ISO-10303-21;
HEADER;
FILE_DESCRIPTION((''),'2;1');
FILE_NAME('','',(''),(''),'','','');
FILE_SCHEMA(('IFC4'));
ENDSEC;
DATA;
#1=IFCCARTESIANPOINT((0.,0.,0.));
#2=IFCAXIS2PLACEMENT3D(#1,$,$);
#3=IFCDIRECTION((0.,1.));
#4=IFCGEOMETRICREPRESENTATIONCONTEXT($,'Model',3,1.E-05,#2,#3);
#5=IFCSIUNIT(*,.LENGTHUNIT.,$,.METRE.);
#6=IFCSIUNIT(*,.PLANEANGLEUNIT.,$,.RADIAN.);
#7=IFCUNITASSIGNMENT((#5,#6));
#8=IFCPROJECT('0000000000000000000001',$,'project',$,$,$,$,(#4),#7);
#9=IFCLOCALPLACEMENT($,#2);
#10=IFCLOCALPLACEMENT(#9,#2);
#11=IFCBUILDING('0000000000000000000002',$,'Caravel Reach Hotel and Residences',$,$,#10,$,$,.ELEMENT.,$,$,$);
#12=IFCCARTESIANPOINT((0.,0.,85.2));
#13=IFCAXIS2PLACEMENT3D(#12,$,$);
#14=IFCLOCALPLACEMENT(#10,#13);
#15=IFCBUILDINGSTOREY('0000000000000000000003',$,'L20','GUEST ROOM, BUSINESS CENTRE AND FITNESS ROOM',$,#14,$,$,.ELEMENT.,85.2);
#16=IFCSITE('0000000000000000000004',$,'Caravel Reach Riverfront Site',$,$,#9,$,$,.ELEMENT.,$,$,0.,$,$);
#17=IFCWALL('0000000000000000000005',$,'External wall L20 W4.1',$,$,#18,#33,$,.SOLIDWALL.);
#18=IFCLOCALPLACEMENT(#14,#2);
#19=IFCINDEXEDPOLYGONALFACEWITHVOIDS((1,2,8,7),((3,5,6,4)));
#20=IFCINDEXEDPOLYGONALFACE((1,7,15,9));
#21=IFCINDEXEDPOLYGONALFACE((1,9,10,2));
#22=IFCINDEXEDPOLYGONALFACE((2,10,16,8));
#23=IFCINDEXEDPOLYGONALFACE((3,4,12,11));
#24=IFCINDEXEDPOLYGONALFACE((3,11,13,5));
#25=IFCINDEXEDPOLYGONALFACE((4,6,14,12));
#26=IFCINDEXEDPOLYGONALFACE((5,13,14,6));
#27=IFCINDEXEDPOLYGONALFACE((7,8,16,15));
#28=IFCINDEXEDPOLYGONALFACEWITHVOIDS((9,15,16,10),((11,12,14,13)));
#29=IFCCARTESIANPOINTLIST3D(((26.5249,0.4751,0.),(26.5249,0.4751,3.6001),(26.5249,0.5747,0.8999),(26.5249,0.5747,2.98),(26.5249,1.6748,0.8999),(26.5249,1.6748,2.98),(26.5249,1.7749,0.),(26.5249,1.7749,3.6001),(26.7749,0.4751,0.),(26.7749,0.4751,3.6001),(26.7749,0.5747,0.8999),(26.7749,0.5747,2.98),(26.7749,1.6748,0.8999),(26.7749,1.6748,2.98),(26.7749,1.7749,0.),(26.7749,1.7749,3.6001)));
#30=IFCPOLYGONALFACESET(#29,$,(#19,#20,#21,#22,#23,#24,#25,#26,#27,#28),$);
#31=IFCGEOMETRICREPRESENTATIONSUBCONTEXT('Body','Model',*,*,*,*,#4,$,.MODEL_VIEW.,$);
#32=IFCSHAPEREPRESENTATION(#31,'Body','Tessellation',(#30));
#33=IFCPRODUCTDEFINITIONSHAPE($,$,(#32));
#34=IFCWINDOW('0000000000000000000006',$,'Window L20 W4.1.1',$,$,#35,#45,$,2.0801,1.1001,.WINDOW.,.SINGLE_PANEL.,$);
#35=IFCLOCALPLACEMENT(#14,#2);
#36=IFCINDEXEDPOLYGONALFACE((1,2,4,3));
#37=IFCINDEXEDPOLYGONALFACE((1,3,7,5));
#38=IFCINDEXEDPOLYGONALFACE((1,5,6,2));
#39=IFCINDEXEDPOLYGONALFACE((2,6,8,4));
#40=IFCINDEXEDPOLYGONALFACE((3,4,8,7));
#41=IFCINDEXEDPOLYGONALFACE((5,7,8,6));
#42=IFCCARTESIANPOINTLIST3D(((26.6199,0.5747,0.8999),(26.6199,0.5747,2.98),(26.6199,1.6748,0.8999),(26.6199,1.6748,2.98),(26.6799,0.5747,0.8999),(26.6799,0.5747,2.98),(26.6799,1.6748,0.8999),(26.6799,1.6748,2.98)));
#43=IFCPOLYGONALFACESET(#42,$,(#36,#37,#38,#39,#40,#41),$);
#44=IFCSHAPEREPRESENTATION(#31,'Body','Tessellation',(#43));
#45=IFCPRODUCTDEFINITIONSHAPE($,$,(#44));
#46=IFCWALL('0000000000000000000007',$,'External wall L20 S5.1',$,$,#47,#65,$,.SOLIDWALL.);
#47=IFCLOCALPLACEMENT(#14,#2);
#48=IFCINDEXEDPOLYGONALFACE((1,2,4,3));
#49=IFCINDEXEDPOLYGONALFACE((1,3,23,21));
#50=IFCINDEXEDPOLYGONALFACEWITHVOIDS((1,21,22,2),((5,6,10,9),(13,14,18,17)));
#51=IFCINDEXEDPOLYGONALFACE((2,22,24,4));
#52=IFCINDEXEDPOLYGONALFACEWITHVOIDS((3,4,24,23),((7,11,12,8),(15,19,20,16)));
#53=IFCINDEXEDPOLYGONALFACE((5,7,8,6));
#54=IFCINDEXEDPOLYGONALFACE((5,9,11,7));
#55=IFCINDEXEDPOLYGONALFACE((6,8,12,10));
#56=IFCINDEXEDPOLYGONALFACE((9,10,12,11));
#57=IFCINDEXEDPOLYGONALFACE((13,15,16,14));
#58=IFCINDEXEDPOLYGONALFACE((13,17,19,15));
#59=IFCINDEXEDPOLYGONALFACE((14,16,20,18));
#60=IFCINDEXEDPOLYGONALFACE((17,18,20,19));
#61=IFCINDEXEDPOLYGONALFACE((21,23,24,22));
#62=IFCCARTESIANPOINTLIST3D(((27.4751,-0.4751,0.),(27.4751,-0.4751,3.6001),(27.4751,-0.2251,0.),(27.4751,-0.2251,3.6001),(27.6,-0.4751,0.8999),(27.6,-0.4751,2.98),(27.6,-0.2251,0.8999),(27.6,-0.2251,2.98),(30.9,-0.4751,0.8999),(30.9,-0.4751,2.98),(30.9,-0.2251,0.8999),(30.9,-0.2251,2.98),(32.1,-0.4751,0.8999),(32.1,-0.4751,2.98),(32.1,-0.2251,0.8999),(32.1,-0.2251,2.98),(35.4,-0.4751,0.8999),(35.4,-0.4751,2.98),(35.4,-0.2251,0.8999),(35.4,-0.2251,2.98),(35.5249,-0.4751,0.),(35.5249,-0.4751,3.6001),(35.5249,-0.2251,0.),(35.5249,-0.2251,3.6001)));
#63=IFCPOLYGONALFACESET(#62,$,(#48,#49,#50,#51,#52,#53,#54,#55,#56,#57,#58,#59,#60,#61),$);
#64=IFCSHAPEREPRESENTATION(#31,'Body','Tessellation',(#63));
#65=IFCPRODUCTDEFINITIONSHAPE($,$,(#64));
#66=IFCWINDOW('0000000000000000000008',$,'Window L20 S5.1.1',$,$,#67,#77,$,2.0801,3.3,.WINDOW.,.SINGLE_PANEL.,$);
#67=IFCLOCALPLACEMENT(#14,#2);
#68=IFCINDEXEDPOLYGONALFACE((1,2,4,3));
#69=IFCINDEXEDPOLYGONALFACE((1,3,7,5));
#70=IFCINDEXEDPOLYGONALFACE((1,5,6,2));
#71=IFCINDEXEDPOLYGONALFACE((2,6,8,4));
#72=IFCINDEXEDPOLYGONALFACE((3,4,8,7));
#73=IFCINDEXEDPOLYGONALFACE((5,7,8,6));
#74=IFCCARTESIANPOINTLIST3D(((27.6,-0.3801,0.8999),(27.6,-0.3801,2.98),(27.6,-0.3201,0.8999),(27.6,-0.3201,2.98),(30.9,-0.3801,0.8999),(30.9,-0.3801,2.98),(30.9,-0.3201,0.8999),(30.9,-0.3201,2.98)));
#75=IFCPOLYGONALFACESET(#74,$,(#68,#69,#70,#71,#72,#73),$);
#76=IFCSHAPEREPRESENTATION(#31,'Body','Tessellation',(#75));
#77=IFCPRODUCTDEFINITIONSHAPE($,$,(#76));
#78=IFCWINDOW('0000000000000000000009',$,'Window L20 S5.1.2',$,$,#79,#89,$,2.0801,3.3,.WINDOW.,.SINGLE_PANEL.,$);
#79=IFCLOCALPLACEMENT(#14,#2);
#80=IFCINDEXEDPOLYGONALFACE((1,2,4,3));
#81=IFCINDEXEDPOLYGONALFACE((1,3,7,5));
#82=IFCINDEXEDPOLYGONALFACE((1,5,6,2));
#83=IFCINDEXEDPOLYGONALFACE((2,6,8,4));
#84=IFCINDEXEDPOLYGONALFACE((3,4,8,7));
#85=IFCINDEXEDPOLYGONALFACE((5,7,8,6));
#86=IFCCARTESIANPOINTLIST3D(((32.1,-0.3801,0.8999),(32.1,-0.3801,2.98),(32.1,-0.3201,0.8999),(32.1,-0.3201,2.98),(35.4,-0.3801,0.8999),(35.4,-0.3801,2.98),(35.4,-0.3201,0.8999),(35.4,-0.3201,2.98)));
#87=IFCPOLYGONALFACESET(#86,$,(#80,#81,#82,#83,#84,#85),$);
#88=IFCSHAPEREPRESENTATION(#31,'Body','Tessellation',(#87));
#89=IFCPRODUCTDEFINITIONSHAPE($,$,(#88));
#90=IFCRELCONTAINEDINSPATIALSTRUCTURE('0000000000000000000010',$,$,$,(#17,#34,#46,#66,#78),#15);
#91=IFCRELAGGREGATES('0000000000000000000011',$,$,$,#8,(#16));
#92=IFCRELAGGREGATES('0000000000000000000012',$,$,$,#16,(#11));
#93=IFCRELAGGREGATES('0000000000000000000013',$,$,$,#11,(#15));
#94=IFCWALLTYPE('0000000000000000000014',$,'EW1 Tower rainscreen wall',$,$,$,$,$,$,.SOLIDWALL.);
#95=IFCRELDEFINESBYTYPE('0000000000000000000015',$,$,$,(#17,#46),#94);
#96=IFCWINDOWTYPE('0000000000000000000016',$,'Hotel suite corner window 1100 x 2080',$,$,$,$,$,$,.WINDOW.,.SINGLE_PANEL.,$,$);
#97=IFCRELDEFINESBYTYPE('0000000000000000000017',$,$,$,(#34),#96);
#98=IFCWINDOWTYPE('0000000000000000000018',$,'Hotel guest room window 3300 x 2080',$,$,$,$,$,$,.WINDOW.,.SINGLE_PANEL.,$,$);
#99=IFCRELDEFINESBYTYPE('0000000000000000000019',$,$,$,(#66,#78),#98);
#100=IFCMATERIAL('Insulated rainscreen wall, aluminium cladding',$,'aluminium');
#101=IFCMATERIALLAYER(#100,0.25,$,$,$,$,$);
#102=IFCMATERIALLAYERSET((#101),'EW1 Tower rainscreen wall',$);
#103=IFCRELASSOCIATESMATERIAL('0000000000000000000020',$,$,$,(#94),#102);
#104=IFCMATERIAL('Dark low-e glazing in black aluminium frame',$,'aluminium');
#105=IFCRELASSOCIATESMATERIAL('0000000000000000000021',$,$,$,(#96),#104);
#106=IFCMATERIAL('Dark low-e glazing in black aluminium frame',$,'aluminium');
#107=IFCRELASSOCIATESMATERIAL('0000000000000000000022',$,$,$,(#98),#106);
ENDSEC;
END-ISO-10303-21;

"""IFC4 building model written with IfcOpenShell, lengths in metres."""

from ifc_helpers import new_model, si_unit, direction, frame, frame_2d, origin, place, context, subcontext, project, spatial, rectangle, extrude, material, layer, layer_set, type_object, element, fill, save


model = new_model("IFC4")

# Units and contexts
model_context = context("Model", 3, precision=1e-05, world=origin(), true_north=direction((0.0, 1.0)))
body_context = subcontext(model_context, "Body", "Model", "MODEL_VIEW")
ifc_project = project(units=[si_unit("LENGTHUNIT", "METRE"), si_unit("PLANEANGLEUNIT", "RADIAN")], contexts=[model_context])

# Site, building, storey
site_placement = place(None, origin())
site = spatial("IfcSite", under=ifc_project, at=site_placement, Name="Caravel Reach Riverfront Site", CompositionType="ELEMENT", RefElevation=0.0)
building_placement = place(site_placement, origin())
building = spatial("IfcBuilding", under=site, at=building_placement, Name="Caravel Reach Hotel and Residences", CompositionType="ELEMENT")
storey_placement = place(building_placement, frame((0.0, 0.0, 85.2)))
storey = spatial("IfcBuildingStorey", under=building, at=storey_placement, Name="L20", Description="GUEST ROOM, BUSINESS CENTRE AND FITNESS ROOM", CompositionType="ELEMENT", Elevation=85.2)

# Wall, opening, window
ifc_material_1 = material(Name="Insulated rainscreen wall, aluminium cladding", Category="aluminium")
ifc_layer = layer(ifc_material_1, 0.25)
ifc_layer_set = layer_set([ifc_layer], Name="EW1 Tower rainscreen wall")
wall_type = type_object("IfcWallType", Name="EW1 Tower rainscreen wall", PredefinedType="SOLIDWALL", material=ifc_layer_set)
ifc_material_2 = material(Name="Dark low-e glazing in black aluminium frame", Category="aluminium")
window_type_1 = type_object("IfcWindowType", Name="Hotel suite corner window 1100 x 2080", PartitioningType="SINGLE_PANEL", PredefinedType="WINDOW", material=ifc_material_2)
wall_1_placement = place(storey_placement, frame((26.6499, 1.7749, 0.0), z_axis=(0.0, 0.0, 1.0), x_axis=(0.0, -1.0, 0.0)))
wall_1 = element("IfcWall", 1, at=wall_1_placement, inside=storey, type_object=wall_type, Name="External wall L20 W4.1", PredefinedType="SOLIDWALL", context=body_context, shape_type="SweptSolid", body=[
    extrude(rectangle(XDim=1.2998, YDim=0.25, at=frame_2d((0.6499, 0.0))), origin(), (0.0, 0.0, 1.0), 3.6001),
])
opening_1_placement = place(wall_1_placement, frame((0.1001, 0.0, 0.8999)))
opening_1 = element("IfcOpeningElement", 2, at=opening_1_placement, cuts=wall_1, PredefinedType="OPENING", context=body_context, shape_type="SweptSolid", body=[
    extrude(rectangle(XDim=1.1001, YDim=2.0801, at=frame_2d((0.55, 1.04))), frame((0.0, 0.135, 0.0), z_axis=(0.0, -1.0, 0.0), x_axis=(1.0, 0.0, 0.0)), (0.0, 0.0, 1.0), 0.27),
])
window_1_placement = place(opening_1_placement, origin())
window_1 = element("IfcWindow", 3, at=window_1_placement, inside=storey, type_object=window_type_1, Name="Window L20 W4.1.1", OverallHeight=2.0801, OverallWidth=1.1001, PartitioningType="SINGLE_PANEL", PredefinedType="WINDOW", context=body_context, shape_type="SweptSolid", body=[
    extrude(rectangle(XDim=1.1001, YDim=2.0801, at=frame_2d((0.55, 1.04))), frame((0.0, 0.03, 0.0), z_axis=(0.0, -1.0, 0.0), x_axis=(1.0, 0.0, 0.0)), (0.0, 0.0, 1.0), 0.0601),
])
fill(opening_1, window_1)

# Wall, openings, windows
wall_2_placement = place(storey_placement, frame((27.4751, -0.3501, 0.0), z_axis=(0.0, 0.0, 1.0), x_axis=(1.0, 0.0, 0.0)))
wall_2 = element("IfcWall", 4, at=wall_2_placement, inside=storey, type_object=wall_type, Name="External wall L20 S5.1", PredefinedType="SOLIDWALL", context=body_context, shape_type="SweptSolid", body=[
    extrude(rectangle(XDim=8.0498, YDim=0.25, at=frame_2d((4.0249, 0.0))), origin(), (0.0, 0.0, 1.0), 3.6001),
])
opening_2_placement = place(wall_2_placement, frame((0.125, 0.0, 0.8999)))
opening_2 = element("IfcOpeningElement", 5, at=opening_2_placement, cuts=wall_2, PredefinedType="OPENING", context=body_context, shape_type="SweptSolid", body=[
    extrude(rectangle(XDim=3.3, YDim=2.0801, at=frame_2d((1.6499, 1.04))), frame((0.0, 0.135, 0.0), z_axis=(0.0, -1.0, 0.0), x_axis=(1.0, 0.0, 0.0)), (0.0, 0.0, 1.0), 0.27),
])
opening_3_placement = place(wall_2_placement, frame((4.625, 0.0, 0.8999)))
opening_3 = element("IfcOpeningElement", 6, at=opening_3_placement, cuts=wall_2, PredefinedType="OPENING", context=body_context, shape_type="SweptSolid", body=[
    extrude(rectangle(XDim=3.3, YDim=2.0801, at=frame_2d((1.6499, 1.04))), frame((0.0, 0.135, 0.0), z_axis=(0.0, -1.0, 0.0), x_axis=(1.0, 0.0, 0.0)), (0.0, 0.0, 1.0), 0.27),
])
ifc_material_3 = material(Name="Dark low-e glazing in black aluminium frame", Category="aluminium")
window_type_2 = type_object("IfcWindowType", Name="Hotel guest room window 3300 x 2080", PartitioningType="SINGLE_PANEL", PredefinedType="WINDOW", material=ifc_material_3)
window_2_placement = place(opening_2_placement, origin())
window_2 = element("IfcWindow", 7, at=window_2_placement, inside=storey, type_object=window_type_2, Name="Window L20 S5.1.1", OverallHeight=2.0801, OverallWidth=3.3, PartitioningType="SINGLE_PANEL", PredefinedType="WINDOW", context=body_context, shape_type="SweptSolid", body=[
    extrude(rectangle(XDim=3.3, YDim=2.0801, at=frame_2d((1.6499, 1.04))), frame((0.0, 0.03, 0.0), z_axis=(0.0, -1.0, 0.0), x_axis=(1.0, 0.0, 0.0)), (0.0, 0.0, 1.0), 0.0601),
])
fill(opening_2, window_2)
window_3_placement = place(opening_3_placement, origin())
window_3 = element("IfcWindow", 8, at=window_3_placement, inside=storey, type_object=window_type_2, Name="Window L20 S5.1.2", OverallHeight=2.0801, OverallWidth=3.3, PartitioningType="SINGLE_PANEL", PredefinedType="WINDOW", context=body_context, shape_type="SweptSolid", body=[
    extrude(rectangle(XDim=3.3, YDim=2.0801, at=frame_2d((1.6499, 1.04))), frame((0.0, 0.03, 0.0), z_axis=(0.0, -1.0, 0.0), x_axis=(1.0, 0.0, 0.0)), (0.0, 0.0, 1.0), 0.0601),
])
fill(opening_3, window_3)

save(model, "model.ifc")
